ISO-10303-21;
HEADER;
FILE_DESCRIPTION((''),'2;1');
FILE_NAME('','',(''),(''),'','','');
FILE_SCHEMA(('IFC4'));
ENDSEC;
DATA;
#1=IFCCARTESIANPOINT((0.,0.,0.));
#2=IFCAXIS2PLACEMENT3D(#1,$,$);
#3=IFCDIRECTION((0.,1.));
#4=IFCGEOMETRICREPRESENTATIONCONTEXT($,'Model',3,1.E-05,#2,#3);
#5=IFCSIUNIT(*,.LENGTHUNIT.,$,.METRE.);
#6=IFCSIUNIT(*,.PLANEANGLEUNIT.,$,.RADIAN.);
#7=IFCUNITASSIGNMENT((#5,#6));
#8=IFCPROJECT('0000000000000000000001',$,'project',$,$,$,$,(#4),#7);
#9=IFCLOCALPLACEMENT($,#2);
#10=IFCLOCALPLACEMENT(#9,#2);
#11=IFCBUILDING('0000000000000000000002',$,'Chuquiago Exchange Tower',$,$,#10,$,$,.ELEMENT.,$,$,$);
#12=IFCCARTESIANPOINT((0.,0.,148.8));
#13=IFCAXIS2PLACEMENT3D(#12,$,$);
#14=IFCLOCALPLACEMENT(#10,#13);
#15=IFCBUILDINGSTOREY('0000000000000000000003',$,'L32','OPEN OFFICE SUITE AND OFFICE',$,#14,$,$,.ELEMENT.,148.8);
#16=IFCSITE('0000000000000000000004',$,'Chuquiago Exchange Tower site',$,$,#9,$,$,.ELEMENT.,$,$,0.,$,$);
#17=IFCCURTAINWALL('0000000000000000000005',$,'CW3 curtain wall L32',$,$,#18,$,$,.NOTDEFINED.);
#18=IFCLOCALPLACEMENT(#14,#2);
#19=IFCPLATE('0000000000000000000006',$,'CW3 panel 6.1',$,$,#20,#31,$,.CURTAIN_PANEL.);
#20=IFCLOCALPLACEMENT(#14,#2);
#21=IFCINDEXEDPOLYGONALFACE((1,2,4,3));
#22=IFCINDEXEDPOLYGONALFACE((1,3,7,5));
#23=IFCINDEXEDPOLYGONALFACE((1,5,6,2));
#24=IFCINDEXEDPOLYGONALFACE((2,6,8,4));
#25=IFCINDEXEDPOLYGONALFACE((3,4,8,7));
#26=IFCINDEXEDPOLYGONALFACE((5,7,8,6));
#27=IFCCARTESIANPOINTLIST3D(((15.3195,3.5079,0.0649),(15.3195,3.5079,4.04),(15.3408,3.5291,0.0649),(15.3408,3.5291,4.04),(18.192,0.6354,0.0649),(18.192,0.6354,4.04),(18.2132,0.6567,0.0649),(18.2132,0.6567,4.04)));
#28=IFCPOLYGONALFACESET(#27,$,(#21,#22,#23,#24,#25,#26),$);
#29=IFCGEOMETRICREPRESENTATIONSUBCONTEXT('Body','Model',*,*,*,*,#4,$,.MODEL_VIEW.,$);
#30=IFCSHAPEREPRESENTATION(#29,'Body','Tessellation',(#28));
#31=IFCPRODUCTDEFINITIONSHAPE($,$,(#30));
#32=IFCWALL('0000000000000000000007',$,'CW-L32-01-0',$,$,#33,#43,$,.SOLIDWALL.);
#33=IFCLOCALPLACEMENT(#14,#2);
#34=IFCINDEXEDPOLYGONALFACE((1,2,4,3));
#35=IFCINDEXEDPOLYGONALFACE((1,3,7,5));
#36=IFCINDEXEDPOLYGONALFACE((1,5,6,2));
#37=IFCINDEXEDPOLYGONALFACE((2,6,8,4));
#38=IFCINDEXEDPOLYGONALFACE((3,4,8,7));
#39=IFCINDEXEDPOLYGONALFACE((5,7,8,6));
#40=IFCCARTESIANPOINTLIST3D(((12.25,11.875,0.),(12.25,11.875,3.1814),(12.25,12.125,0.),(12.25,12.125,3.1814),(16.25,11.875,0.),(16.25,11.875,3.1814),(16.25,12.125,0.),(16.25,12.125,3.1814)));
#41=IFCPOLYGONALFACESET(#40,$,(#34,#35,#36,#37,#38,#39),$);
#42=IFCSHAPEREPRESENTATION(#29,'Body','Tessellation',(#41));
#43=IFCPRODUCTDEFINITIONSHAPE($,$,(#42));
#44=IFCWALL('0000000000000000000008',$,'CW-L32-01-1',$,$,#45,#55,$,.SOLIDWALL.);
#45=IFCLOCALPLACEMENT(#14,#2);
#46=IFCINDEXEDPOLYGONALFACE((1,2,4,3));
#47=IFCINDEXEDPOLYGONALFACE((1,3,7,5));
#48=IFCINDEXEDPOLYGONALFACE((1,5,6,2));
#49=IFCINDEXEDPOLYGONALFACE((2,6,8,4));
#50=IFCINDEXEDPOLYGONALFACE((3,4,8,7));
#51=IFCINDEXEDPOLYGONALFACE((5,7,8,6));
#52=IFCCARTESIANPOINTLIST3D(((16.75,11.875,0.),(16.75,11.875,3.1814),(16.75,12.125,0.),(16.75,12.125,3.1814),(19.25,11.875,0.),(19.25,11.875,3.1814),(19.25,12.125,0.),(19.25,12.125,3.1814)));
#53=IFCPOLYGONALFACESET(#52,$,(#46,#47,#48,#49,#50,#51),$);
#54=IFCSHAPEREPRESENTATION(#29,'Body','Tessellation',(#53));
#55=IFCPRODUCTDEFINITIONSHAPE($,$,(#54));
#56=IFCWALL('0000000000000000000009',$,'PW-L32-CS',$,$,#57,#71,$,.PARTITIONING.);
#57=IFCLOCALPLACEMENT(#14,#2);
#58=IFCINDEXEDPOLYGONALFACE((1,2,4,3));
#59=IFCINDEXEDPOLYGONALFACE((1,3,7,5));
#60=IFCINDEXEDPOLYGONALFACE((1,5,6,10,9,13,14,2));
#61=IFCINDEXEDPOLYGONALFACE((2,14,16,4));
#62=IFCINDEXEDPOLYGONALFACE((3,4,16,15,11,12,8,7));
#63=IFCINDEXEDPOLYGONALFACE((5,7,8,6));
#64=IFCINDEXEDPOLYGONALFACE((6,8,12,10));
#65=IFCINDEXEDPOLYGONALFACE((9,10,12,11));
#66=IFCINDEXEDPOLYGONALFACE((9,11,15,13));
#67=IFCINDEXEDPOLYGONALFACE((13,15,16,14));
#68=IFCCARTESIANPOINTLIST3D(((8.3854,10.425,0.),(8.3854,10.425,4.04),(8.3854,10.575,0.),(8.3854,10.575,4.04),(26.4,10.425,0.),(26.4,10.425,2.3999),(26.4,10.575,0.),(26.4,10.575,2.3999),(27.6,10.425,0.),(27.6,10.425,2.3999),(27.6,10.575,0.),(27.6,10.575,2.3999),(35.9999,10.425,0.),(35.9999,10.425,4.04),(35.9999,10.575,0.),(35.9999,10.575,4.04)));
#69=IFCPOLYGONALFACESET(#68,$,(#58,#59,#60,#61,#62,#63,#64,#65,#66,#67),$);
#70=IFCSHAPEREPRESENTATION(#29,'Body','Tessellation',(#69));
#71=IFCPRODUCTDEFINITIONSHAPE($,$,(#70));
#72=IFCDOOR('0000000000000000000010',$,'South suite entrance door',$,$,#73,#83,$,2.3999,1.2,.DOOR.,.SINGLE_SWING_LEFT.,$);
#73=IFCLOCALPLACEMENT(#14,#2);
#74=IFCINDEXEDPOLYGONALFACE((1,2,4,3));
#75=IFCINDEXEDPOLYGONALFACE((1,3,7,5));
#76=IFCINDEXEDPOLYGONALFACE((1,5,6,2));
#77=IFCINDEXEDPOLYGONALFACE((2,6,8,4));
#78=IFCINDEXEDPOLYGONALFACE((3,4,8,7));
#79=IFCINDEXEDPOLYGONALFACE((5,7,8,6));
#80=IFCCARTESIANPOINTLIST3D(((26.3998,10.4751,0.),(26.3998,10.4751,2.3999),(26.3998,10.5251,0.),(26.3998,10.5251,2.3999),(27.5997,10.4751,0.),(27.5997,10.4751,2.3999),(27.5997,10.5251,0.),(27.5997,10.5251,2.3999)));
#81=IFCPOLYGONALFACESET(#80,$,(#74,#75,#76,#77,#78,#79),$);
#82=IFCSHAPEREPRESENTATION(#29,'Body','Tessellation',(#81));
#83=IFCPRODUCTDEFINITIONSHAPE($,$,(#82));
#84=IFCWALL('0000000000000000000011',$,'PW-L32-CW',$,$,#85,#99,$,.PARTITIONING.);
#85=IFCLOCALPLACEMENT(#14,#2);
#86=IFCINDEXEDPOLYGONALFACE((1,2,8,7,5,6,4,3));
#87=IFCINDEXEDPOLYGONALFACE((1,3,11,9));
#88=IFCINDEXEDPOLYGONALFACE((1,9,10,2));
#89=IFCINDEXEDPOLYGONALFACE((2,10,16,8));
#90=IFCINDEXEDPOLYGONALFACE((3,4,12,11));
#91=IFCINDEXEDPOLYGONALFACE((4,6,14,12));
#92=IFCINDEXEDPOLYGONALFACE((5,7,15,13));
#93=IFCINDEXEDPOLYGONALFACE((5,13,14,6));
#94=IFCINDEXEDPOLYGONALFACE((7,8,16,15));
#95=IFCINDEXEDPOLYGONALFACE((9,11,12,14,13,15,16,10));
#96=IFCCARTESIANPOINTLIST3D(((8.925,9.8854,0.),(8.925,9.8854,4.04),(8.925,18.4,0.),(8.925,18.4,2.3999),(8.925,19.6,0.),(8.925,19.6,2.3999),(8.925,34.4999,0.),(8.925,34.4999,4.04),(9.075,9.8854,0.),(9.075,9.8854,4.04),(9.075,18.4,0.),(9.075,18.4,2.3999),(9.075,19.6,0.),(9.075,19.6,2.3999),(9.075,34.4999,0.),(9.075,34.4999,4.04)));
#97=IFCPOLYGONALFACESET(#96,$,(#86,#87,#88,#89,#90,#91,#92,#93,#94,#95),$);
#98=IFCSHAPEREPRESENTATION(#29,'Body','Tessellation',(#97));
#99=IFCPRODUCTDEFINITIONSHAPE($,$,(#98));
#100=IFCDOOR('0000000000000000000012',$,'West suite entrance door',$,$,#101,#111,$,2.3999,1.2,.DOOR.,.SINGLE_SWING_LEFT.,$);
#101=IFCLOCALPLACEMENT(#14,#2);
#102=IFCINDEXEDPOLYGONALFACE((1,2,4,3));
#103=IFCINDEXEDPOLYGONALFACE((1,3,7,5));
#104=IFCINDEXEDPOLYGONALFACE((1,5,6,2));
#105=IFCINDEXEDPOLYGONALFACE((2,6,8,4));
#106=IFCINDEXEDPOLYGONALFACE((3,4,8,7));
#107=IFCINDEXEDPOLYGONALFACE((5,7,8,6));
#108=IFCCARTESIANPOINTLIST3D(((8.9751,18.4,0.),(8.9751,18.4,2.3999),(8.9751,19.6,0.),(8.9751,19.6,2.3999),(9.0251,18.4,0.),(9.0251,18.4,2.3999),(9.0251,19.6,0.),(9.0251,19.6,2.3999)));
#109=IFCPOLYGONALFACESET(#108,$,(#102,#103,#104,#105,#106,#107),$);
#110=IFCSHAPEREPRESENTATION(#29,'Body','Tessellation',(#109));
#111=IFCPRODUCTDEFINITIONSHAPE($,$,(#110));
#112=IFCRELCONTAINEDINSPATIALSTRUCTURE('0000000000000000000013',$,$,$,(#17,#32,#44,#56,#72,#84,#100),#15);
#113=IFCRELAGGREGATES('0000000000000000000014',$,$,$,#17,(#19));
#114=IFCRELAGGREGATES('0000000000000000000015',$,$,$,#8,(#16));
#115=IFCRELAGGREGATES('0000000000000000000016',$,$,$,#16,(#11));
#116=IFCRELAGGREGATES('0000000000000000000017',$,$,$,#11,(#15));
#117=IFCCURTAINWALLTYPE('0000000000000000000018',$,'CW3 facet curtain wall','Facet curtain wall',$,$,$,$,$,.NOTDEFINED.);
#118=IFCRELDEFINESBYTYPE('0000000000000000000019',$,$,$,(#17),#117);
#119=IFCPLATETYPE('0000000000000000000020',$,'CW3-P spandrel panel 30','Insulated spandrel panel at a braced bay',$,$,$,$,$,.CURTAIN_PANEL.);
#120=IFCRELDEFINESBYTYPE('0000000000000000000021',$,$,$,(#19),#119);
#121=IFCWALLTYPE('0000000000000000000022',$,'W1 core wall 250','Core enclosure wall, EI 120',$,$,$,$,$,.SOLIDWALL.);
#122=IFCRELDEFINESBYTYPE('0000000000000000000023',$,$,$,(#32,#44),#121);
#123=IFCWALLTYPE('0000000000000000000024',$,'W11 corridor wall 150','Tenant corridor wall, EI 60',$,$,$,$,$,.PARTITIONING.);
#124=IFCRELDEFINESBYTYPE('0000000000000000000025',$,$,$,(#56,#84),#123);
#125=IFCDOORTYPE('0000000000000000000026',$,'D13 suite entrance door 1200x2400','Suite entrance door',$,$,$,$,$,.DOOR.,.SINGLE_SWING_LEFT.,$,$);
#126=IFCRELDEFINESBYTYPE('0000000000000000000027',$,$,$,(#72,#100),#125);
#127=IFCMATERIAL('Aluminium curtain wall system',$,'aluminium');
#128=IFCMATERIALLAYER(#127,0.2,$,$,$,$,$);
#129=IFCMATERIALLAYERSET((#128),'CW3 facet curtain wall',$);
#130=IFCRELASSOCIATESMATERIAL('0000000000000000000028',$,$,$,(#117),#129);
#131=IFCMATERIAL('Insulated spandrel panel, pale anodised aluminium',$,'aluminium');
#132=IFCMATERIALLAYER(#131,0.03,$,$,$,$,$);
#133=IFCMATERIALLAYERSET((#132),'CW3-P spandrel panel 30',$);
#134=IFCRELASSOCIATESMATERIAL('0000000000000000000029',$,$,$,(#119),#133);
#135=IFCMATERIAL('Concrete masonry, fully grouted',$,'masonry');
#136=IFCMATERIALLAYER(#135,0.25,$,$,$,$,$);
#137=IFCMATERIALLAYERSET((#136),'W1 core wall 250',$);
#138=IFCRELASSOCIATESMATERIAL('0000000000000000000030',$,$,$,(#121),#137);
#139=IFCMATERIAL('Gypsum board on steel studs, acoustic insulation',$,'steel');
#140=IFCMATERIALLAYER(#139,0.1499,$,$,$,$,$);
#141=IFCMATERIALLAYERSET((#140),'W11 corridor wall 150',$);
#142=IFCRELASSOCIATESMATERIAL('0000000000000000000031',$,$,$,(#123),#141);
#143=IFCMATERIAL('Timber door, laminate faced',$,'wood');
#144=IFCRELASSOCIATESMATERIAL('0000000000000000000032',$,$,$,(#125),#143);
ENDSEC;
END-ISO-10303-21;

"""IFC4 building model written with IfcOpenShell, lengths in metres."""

from ifc_helpers import new_model, si_unit, direction, frame, frame_2d, origin, origin_2d, place, context, subcontext, project, spatial, rectangle, extrude, material, layer, layer_set, type_object, element, fill, aggregate, save


model = new_model("IFC4")

# Units and contexts
model_context = context("Model", 3, precision=1e-05, world=origin(), true_north=direction((0.0, 1.0)))
body_context = subcontext(model_context, "Body", "Model", "MODEL_VIEW")
ifc_project = project(units=[si_unit("LENGTHUNIT", "METRE"), si_unit("PLANEANGLEUNIT", "RADIAN")], contexts=[model_context])

# Site, building, storey
site_placement = place(None, origin())
site = spatial("IfcSite", under=ifc_project, at=site_placement, Name="Chuquiago Exchange Tower site", CompositionType="ELEMENT", RefElevation=0.0)
building_placement = place(site_placement, origin())
building = spatial("IfcBuilding", under=site, at=building_placement, Name="Chuquiago Exchange Tower", CompositionType="ELEMENT")
storey_placement = place(building_placement, frame((0.0, 0.0, 148.8)))
storey = spatial("IfcBuildingStorey", under=building, at=storey_placement, Name="L32", Description="OPEN OFFICE SUITE AND OFFICE", CompositionType="ELEMENT", Elevation=148.8)

# Curtain wall
ifc_material_1 = material(Name="Aluminium curtain wall system", Category="aluminium")
ifc_layer_1 = layer(ifc_material_1, 0.2)
ifc_layer_set_1 = layer_set([ifc_layer_1], Name="CW3 facet curtain wall")
curtain_wall_type = type_object("IfcCurtainWallType", Name="CW3 facet curtain wall", Description="Facet curtain wall", PredefinedType="NOTDEFINED", material=ifc_layer_set_1)
curtain_wall_placement = place(storey_placement, origin())
curtain_wall = element("IfcCurtainWall", 1, at=curtain_wall_placement, inside=storey, type_object=curtain_wall_type, Name="CW3 curtain wall L32", PredefinedType="NOTDEFINED")

# Plate
ifc_material_2 = material(Name="Insulated spandrel panel, pale anodised aluminium", Category="aluminium")
ifc_layer_2 = layer(ifc_material_2, 0.03)
ifc_layer_set_2 = layer_set([ifc_layer_2], Name="CW3-P spandrel panel 30")
plate_type = type_object("IfcPlateType", Name="CW3-P spandrel panel 30", Description="Insulated spandrel panel at a braced bay", PredefinedType="CURTAIN_PANEL", material=ifc_layer_set_2)
plate_1_placement = place(storey_placement, frame((16.7664, 2.0823, 0.0649), z_axis=(0.0, 0.0, 1.0), x_axis=(0.707107, -0.707107, 0.0)))
plate_1 = element("IfcPlate", 2, at=plate_1_placement, type_object=plate_type, Name="CW3 panel 6.1", PredefinedType="CURTAIN_PANEL", context=body_context, shape_type="SweptSolid", body=[
    extrude(rectangle(XDim=4.0623, YDim=0.03, at=origin_2d()), origin(), (0.0, 0.0, 1.0), 3.9751),
])
aggregate(curtain_wall, [plate_1])

# Walls
ifc_material_3 = material(Name="Concrete masonry, fully grouted", Category="masonry")
ifc_layer_3 = layer(ifc_material_3, 0.25)
ifc_layer_set_3 = layer_set([ifc_layer_3], Name="W1 core wall 250")
wall_type_1 = type_object("IfcWallType", Name="W1 core wall 250", Description="Core enclosure wall, EI 120", PredefinedType="SOLIDWALL", material=ifc_layer_set_3)
wall_1_placement = place(storey_placement, frame((12.25, 12.0, 0.0), z_axis=(0.0, 0.0, 1.0), x_axis=(1.0, 0.0, 0.0)))
element("IfcWall", 3, at=wall_1_placement, inside=storey, type_object=wall_type_1, Name="CW-L32-01-0", PredefinedType="SOLIDWALL", context=body_context, shape_type="SweptSolid", body=[
    extrude(rectangle(XDim=4.0, YDim=0.25, at=frame_2d((2.0, 0.0))), origin(), (0.0, 0.0, 1.0), 3.1814),
])
wall_2_placement = place(storey_placement, frame((16.75, 12.0, 0.0), z_axis=(0.0, 0.0, 1.0), x_axis=(1.0, 0.0, 0.0)))
element("IfcWall", 4, at=wall_2_placement, inside=storey, type_object=wall_type_1, Name="CW-L32-01-1", PredefinedType="SOLIDWALL", context=body_context, shape_type="SweptSolid", body=[
    extrude(rectangle(XDim=2.5, YDim=0.25, at=frame_2d((1.25, 0.0))), origin(), (0.0, 0.0, 1.0), 3.1814),
])

# Walls, openings, doors
ifc_material_4 = material(Name="Gypsum board on steel studs, acoustic insulation", Category="steel")
ifc_layer_4 = layer(ifc_material_4, 0.1499)
ifc_layer_set_4 = layer_set([ifc_layer_4], Name="W11 corridor wall 150")
wall_type_2 = type_object("IfcWallType", Name="W11 corridor wall 150", Description="Tenant corridor wall, EI 60", PredefinedType="PARTITIONING", material=ifc_layer_set_4)
wall_3_placement = place(storey_placement, frame((8.3855, 10.5, 0.0), z_axis=(0.0, 0.0, 1.0), x_axis=(1.0, 0.0, 0.0)))
wall_3 = element("IfcWall", 5, at=wall_3_placement, inside=storey, type_object=wall_type_2, Name="PW-L32-CS", PredefinedType="PARTITIONING", context=body_context, shape_type="SweptSolid", body=[
    extrude(rectangle(XDim=27.6145, YDim=0.1499, at=frame_2d((13.8071, 0.0))), origin(), (0.0, 0.0, 1.0), 4.04),
])
opening_1_placement = place(wall_3_placement, frame((18.0144, 0.0, 0.0)))
opening_1 = element("IfcOpeningElement", 6, at=opening_1_placement, cuts=wall_3, PredefinedType="OPENING", context=body_context, shape_type="SweptSolid", body=[
    extrude(rectangle(XDim=1.2, YDim=2.3999, at=frame_2d((0.6001, 1.2))), frame((0.0, 0.085, 0.0), z_axis=(0.0, -1.0, 0.0), x_axis=(1.0, 0.0, 0.0)), (0.0, 0.0, 1.0), 0.1699),
])
ifc_material_5 = material(Name="Timber door, laminate faced", Category="wood")
door_type = type_object("IfcDoorType", Name="D13 suite entrance door 1200x2400", Description="Suite entrance door", OperationType="SINGLE_SWING_LEFT", PredefinedType="DOOR", material=ifc_material_5)
door_1_placement = place(opening_1_placement, frame((1.2, 0.0, 0.0), z_axis=(0.0, 0.0, 1.0), x_axis=(-1.0, 0.0, 0.0)))
door_1 = element("IfcDoor", 7, at=door_1_placement, inside=storey, type_object=door_type, Name="South suite entrance door", OperationType="SINGLE_SWING_LEFT", OverallHeight=2.3999, OverallWidth=1.2, PredefinedType="DOOR", context=body_context, shape_type="SweptSolid", body=[
    extrude(rectangle(XDim=1.2, YDim=2.3999, at=frame_2d((0.6001, 1.2))), frame((0.0, 0.0249, 0.0), z_axis=(0.0, -1.0, 0.0), x_axis=(1.0, 0.0, 0.0)), (0.0, 0.0, 1.0), 0.05),
])
fill(opening_1, door_1)
wall_4_placement = place(storey_placement, frame((9.0, 9.8855, 0.0), z_axis=(0.0, 0.0, 1.0), x_axis=(0.0, 1.0, 0.0)))
wall_4 = element("IfcWall", 8, at=wall_4_placement, inside=storey, type_object=wall_type_2, Name="PW-L32-CW", PredefinedType="PARTITIONING", context=body_context, shape_type="SweptSolid", body=[
    extrude(rectangle(XDim=24.6145, YDim=0.1499, at=frame_2d((12.3071, 0.0))), origin(), (0.0, 0.0, 1.0), 4.04),
])
opening_2_placement = place(wall_4_placement, frame((8.5144, 0.0, 0.0)))
opening_2 = element("IfcOpeningElement", 9, at=opening_2_placement, cuts=wall_4, PredefinedType="OPENING", context=body_context, shape_type="SweptSolid", body=[
    extrude(rectangle(XDim=1.2, YDim=2.3999, at=frame_2d((0.6001, 1.2))), frame((0.0, 0.085, 0.0), z_axis=(0.0, -1.0, 0.0), x_axis=(1.0, 0.0, 0.0)), (0.0, 0.0, 1.0), 0.1699),
])
door_2_placement = place(opening_2_placement, origin())
door_2 = element("IfcDoor", 10, at=door_2_placement, inside=storey, type_object=door_type, Name="West suite entrance door", OperationType="SINGLE_SWING_LEFT", OverallHeight=2.3999, OverallWidth=1.2, PredefinedType="DOOR", context=body_context, shape_type="SweptSolid", body=[
    extrude(rectangle(XDim=1.2, YDim=2.3999, at=frame_2d((0.6001, 1.2))), frame((0.0, 0.0249, 0.0), z_axis=(0.0, -1.0, 0.0), x_axis=(1.0, 0.0, 0.0)), (0.0, 0.0, 1.0), 0.05),
])
fill(opening_2, door_2)

save(model, "model.ifc")
